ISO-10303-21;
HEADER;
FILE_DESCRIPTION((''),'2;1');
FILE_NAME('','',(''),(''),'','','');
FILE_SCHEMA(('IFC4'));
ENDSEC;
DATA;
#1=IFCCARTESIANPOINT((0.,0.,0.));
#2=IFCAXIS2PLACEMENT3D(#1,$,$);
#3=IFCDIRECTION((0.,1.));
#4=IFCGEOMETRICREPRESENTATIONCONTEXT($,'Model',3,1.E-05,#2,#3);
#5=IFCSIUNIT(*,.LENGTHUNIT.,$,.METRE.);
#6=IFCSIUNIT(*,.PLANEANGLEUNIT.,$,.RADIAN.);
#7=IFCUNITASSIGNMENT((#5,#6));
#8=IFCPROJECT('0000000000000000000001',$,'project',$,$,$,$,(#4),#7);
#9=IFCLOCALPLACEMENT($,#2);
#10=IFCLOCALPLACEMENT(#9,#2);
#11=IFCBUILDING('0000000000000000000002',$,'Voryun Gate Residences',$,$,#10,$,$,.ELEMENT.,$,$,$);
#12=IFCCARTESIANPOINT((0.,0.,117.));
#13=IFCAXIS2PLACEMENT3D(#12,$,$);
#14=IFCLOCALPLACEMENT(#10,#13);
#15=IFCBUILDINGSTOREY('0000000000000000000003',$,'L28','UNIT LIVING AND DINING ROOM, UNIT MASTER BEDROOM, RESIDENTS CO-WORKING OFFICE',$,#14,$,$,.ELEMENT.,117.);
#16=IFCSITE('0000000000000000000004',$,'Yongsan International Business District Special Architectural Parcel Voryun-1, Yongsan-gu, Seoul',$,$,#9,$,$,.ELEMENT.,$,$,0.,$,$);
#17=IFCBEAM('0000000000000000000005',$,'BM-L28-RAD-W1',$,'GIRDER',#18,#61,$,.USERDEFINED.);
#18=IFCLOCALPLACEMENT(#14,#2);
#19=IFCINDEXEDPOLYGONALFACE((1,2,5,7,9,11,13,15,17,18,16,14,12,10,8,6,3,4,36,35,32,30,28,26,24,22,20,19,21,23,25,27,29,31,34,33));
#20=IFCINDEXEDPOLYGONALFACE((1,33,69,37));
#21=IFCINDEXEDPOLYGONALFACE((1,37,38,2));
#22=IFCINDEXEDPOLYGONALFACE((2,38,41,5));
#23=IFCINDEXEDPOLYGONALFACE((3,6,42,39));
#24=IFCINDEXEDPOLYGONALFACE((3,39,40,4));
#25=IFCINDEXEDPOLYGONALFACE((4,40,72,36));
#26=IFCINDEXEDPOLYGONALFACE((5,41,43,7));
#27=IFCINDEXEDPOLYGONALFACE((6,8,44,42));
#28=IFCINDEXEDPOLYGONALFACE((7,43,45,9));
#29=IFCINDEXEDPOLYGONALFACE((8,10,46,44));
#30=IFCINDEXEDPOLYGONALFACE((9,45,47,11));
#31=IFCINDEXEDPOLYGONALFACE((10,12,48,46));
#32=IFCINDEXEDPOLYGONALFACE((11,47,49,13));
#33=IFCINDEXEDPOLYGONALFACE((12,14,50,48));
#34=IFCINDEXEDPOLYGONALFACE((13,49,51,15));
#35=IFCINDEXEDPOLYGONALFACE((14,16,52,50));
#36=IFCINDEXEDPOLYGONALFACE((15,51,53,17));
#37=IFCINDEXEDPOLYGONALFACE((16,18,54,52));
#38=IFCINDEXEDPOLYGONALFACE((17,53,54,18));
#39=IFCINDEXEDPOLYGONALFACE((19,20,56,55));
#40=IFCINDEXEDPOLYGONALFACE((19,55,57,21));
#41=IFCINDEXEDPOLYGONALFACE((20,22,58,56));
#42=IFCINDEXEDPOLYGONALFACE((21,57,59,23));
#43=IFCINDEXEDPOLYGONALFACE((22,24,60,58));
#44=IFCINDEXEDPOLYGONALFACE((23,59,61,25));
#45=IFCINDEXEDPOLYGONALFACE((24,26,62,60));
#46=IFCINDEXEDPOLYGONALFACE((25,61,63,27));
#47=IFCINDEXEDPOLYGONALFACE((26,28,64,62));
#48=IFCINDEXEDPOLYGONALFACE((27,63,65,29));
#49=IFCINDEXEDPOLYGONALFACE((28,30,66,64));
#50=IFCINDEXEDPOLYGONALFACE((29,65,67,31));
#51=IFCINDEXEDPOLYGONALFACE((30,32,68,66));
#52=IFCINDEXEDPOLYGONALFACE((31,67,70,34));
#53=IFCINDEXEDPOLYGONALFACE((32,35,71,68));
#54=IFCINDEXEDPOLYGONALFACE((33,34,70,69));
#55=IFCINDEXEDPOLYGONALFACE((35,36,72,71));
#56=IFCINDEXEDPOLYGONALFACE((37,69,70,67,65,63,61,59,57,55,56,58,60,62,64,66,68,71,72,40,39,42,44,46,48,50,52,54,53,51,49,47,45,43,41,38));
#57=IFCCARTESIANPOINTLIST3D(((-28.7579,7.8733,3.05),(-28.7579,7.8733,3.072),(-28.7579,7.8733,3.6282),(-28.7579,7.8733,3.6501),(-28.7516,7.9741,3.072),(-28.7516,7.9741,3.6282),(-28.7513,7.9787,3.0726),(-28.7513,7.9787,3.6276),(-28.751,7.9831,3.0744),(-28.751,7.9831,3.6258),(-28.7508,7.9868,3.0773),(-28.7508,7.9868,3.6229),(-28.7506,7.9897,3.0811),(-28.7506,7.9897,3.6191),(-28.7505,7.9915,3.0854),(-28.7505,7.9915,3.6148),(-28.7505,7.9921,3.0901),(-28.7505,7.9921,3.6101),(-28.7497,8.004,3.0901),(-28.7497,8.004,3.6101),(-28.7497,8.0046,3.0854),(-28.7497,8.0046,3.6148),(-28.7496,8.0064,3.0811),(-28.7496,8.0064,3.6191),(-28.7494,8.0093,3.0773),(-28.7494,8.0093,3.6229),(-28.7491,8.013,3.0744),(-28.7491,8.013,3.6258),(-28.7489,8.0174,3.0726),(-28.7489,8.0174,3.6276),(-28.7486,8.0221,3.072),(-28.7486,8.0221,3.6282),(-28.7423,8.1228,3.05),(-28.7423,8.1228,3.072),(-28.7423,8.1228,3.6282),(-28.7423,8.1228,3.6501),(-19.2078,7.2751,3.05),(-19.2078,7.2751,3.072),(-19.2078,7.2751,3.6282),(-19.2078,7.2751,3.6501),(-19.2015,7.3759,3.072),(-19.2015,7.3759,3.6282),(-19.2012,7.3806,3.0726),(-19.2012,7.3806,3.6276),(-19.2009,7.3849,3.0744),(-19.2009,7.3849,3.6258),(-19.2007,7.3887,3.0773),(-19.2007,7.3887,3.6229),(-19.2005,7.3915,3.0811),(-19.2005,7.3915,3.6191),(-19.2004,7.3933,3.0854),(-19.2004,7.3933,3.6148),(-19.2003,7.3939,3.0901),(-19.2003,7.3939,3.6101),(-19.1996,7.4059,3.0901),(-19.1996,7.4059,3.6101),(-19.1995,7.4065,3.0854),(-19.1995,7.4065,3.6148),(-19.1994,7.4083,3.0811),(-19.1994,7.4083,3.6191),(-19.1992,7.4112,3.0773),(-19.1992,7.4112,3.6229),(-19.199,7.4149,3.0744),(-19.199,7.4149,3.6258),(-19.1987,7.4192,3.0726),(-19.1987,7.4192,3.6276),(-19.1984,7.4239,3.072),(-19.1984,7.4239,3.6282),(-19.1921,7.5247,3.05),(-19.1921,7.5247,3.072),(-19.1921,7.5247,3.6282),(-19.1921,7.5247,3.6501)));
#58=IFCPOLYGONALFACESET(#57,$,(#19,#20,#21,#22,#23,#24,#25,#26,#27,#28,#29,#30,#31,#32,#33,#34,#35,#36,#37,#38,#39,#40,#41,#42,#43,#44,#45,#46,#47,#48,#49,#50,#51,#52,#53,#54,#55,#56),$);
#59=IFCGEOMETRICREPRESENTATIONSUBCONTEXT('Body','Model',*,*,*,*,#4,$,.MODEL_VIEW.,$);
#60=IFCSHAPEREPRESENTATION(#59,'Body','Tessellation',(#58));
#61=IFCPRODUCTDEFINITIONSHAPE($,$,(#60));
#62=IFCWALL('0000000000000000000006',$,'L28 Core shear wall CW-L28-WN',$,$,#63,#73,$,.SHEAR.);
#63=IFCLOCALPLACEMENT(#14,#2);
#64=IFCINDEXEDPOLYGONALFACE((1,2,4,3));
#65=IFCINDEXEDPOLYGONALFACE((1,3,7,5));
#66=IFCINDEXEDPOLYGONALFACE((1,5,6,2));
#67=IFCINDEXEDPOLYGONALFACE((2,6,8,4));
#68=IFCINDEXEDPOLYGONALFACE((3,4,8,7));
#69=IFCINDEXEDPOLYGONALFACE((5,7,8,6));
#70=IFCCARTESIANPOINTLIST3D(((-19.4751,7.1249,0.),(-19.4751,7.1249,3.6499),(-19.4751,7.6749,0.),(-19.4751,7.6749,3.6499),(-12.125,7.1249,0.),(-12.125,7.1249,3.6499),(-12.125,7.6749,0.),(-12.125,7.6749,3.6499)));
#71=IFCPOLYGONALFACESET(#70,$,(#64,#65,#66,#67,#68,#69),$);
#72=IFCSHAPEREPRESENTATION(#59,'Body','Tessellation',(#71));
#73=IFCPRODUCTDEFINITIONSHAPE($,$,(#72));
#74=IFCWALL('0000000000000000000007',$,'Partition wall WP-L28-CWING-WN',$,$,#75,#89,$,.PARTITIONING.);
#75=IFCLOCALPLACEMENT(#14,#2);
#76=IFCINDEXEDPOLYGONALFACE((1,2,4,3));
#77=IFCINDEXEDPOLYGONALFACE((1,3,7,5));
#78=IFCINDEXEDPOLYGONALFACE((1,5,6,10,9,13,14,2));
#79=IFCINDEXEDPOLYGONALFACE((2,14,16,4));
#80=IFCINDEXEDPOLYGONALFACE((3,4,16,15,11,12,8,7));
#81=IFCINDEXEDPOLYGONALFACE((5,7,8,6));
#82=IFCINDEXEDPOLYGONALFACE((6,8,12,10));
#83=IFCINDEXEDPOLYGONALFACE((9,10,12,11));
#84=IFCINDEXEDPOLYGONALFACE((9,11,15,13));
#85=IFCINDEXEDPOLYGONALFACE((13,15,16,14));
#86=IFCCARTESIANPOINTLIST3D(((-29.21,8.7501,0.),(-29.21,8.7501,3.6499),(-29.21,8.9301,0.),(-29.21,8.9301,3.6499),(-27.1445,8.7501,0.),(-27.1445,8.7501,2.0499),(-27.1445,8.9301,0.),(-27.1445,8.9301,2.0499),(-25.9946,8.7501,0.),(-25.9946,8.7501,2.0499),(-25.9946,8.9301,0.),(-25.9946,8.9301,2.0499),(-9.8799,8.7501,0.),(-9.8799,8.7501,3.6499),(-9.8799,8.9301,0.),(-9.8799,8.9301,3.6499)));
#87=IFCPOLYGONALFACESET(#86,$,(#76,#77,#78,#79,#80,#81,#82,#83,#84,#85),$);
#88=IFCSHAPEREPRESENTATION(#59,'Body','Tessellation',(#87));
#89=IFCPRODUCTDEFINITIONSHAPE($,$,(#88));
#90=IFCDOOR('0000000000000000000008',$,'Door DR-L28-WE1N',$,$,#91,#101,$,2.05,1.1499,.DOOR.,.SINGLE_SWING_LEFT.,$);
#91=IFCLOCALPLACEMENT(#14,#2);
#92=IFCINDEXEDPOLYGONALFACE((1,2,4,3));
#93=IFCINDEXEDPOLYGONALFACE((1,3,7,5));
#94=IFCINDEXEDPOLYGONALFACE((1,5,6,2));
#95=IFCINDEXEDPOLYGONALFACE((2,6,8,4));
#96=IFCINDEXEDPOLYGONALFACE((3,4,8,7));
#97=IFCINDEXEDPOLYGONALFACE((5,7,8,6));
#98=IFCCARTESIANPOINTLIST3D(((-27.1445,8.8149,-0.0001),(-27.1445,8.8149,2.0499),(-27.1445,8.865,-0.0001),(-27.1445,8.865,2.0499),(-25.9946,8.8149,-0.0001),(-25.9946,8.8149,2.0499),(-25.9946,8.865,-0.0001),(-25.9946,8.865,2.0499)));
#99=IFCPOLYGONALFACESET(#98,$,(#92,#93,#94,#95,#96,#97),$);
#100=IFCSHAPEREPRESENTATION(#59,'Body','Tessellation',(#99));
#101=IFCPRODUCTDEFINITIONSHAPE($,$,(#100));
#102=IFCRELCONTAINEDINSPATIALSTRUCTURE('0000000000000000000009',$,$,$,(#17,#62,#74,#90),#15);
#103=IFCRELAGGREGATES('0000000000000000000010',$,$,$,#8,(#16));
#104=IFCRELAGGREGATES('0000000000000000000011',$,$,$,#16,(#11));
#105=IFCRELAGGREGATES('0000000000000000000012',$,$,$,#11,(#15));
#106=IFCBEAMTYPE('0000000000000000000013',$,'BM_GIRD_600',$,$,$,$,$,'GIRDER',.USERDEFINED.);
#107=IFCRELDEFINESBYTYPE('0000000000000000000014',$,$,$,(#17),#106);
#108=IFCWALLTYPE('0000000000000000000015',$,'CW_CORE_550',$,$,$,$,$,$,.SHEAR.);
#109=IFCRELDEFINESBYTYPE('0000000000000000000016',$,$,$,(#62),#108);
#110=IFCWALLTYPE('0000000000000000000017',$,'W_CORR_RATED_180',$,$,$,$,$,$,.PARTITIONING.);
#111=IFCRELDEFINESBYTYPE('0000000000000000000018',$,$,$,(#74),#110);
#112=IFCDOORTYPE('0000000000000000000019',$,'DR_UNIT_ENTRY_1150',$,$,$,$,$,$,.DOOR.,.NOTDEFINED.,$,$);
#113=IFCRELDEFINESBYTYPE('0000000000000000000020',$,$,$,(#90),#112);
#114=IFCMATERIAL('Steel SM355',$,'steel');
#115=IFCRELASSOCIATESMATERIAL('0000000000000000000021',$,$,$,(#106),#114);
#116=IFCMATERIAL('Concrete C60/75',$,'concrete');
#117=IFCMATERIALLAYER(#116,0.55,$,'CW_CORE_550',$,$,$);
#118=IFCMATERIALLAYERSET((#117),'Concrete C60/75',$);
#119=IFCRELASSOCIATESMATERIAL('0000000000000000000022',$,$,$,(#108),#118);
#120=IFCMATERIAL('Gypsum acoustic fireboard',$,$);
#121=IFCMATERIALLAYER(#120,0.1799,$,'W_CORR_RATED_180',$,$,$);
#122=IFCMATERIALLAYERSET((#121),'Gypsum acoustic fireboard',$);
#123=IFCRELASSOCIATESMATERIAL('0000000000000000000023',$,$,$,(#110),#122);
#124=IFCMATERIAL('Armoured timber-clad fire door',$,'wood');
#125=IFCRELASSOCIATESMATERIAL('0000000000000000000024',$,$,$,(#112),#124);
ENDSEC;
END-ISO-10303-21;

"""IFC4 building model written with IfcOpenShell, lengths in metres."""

from ifc_helpers import new_model, si_unit, direction, frame, frame_2d, origin, origin_2d, place, context, subcontext, project, spatial, rectangle, i_section, extrude, material, layer, layer_set, material_profile, profile_set, type_object, element, fill, save


model = new_model("IFC4")

# Units and contexts
model_context = context("Model", 3, precision=1e-05, world=origin(), true_north=direction((0.0, 1.0)))
body_context = subcontext(model_context, "Body", "Model", "MODEL_VIEW")
ifc_project = project(units=[si_unit("LENGTHUNIT", "METRE"), si_unit("PLANEANGLEUNIT", "RADIAN")], contexts=[model_context])

# Site, building, storey
site_placement = place(None, origin())
site = spatial("IfcSite", under=ifc_project, at=site_placement, Name="Yongsan International Business District Special Architectural Parcel Voryun-1, Yongsan-gu, Seoul", CompositionType="ELEMENT", RefElevation=0.0)
building_placement = place(site_placement, origin())
building = spatial("IfcBuilding", under=site, at=building_placement, Name="Voryun Gate Residences", CompositionType="ELEMENT")
storey_placement = place(building_placement, frame((0.0, 0.0, 117.0)))
storey = spatial("IfcBuildingStorey", under=building, at=storey_placement, Name="L28", Description="UNIT LIVING AND DINING ROOM, UNIT MASTER BEDROOM, RESIDENTS CO-WORKING OFFICE", CompositionType="ELEMENT", Elevation=117.0)

# Beam
ifc_material_1 = material(Name="Steel SM355", Category="steel")
ifc_material_profile_1 = material_profile(ifc_material_1, i_section(OverallWidth=0.25, OverallDepth=0.6001, WebThickness=0.012, FlangeThickness=0.022, FilletRadius=0.0181, at=origin_2d()), Name="H-600x250x12x22")
ifc_profile_set_1 = profile_set([ifc_material_profile_1], Name="Steel SM355")
beam_type_1 = type_object("IfcBeamType", Name="BM_GIRD_600", ElementType="GIRDER", PredefinedType="USERDEFINED", material=ifc_profile_set_1)
beam_1_placement = place(storey_placement, frame((-19.2, 7.3999, 3.3501), z_axis=(-0.998044, 0.06251, 0.0), x_axis=(-0.06251, -0.998044, 0.0)))
element("IfcBeam", 1, at=beam_1_placement, inside=storey, type_object=beam_type_1, Name="BM-L28-RAD-W1", ObjectType="GIRDER", PredefinedType="USERDEFINED", context=body_context, shape_type="SweptSolid", body=[
    extrude(i_section(OverallWidth=0.25, OverallDepth=0.6001, WebThickness=0.012, FlangeThickness=0.022, FilletRadius=0.0181, at=origin_2d()), origin(), (0.0, 0.0, 1.0), 9.5688),
])

# Wall
ifc_material_2 = material(Name="Concrete C60/75", Category="concrete")
ifc_layer_1 = layer(ifc_material_2, 0.55, Name="CW_CORE_550")
ifc_layer_set_1 = layer_set([ifc_layer_1], Name="Concrete C60/75")
wall_type_1 = type_object("IfcWallType", Name="CW_CORE_550", PredefinedType="SHEAR", material=ifc_layer_set_1)
wall_1_placement = place(storey_placement, frame((-19.4751, 7.3999, 0.0), z_axis=(0.0, 0.0, 1.0), x_axis=(1.0, 0.0, 0.0)))
element("IfcWall", 2, at=wall_1_placement, inside=storey, type_object=wall_type_1, Name="L28 Core shear wall CW-L28-WN", PredefinedType="SHEAR", context=body_context, shape_type="SweptSolid", body=[
    extrude(rectangle(XDim=7.3501, YDim=0.55, at=frame_2d((3.675, 0.0))), origin(), (0.0, 0.0, 1.0), 3.6499),
])

# Wall, opening, door
ifc_material_3 = material(Name="Gypsum acoustic fireboard")
ifc_layer_2 = layer(ifc_material_3, 0.1799, Name="W_CORR_RATED_180")
ifc_layer_set_2 = layer_set([ifc_layer_2], Name="Gypsum acoustic fireboard")
wall_type_2 = type_object("IfcWallType", Name="W_CORR_RATED_180", PredefinedType="PARTITIONING", material=ifc_layer_set_2)
wall_2_placement = place(storey_placement, frame((-29.21, 8.8401, 0.0), z_axis=(0.0, 0.0, 1.0), x_axis=(1.0, 0.0, 0.0)))
wall_2 = element("IfcWall", 3, at=wall_2_placement, inside=storey, type_object=wall_type_2, Name="Partition wall WP-L28-CWING-WN", PredefinedType="PARTITIONING", context=body_context, shape_type="SweptSolid", body=[
    extrude(rectangle(XDim=19.3301, YDim=0.1799, at=frame_2d((9.665, 0.0))), origin(), (0.0, 0.0, 1.0), 3.6499),
])
opening_1_placement = place(wall_2_placement, frame((2.0654, 0.0, 0.0)))
opening_1 = element("IfcOpeningElement", 4, at=opening_1_placement, cuts=wall_2, PredefinedType="OPENING", context=body_context, shape_type="SweptSolid", body=[
    extrude(rectangle(XDim=1.1499, YDim=2.05, at=frame_2d((0.575, 1.0249))), frame((0.0, 0.0999, 0.0), z_axis=(0.0, -1.0, 0.0), x_axis=(1.0, 0.0, 0.0)), (0.0, 0.0, 1.0), 0.2),
])
ifc_material_4 = material(Name="Armoured timber-clad fire door", Category="wood")
door_type_1 = type_object("IfcDoorType", Name="DR_UNIT_ENTRY_1150", OperationType="NOTDEFINED", PredefinedType="DOOR", material=ifc_material_4)
door_1_placement = place(opening_1_placement, origin())
door_1 = element("IfcDoor", 5, at=door_1_placement, inside=storey, type_object=door_type_1, Name="Door DR-L28-WE1N", OperationType="SINGLE_SWING_LEFT", OverallHeight=2.05, OverallWidth=1.1499, PredefinedType="DOOR", context=body_context, shape_type="SweptSolid", body=[
    extrude(rectangle(XDim=1.1499, YDim=2.05, at=frame_2d((0.575, 1.0249))), frame((0.0, 0.0249, 0.0), z_axis=(0.0, -1.0, 0.0), x_axis=(1.0, 0.0, 0.0)), (0.0, 0.0, 1.0), 0.05),
])
fill(opening_1, door_1)

save(model, "model.ifc")
